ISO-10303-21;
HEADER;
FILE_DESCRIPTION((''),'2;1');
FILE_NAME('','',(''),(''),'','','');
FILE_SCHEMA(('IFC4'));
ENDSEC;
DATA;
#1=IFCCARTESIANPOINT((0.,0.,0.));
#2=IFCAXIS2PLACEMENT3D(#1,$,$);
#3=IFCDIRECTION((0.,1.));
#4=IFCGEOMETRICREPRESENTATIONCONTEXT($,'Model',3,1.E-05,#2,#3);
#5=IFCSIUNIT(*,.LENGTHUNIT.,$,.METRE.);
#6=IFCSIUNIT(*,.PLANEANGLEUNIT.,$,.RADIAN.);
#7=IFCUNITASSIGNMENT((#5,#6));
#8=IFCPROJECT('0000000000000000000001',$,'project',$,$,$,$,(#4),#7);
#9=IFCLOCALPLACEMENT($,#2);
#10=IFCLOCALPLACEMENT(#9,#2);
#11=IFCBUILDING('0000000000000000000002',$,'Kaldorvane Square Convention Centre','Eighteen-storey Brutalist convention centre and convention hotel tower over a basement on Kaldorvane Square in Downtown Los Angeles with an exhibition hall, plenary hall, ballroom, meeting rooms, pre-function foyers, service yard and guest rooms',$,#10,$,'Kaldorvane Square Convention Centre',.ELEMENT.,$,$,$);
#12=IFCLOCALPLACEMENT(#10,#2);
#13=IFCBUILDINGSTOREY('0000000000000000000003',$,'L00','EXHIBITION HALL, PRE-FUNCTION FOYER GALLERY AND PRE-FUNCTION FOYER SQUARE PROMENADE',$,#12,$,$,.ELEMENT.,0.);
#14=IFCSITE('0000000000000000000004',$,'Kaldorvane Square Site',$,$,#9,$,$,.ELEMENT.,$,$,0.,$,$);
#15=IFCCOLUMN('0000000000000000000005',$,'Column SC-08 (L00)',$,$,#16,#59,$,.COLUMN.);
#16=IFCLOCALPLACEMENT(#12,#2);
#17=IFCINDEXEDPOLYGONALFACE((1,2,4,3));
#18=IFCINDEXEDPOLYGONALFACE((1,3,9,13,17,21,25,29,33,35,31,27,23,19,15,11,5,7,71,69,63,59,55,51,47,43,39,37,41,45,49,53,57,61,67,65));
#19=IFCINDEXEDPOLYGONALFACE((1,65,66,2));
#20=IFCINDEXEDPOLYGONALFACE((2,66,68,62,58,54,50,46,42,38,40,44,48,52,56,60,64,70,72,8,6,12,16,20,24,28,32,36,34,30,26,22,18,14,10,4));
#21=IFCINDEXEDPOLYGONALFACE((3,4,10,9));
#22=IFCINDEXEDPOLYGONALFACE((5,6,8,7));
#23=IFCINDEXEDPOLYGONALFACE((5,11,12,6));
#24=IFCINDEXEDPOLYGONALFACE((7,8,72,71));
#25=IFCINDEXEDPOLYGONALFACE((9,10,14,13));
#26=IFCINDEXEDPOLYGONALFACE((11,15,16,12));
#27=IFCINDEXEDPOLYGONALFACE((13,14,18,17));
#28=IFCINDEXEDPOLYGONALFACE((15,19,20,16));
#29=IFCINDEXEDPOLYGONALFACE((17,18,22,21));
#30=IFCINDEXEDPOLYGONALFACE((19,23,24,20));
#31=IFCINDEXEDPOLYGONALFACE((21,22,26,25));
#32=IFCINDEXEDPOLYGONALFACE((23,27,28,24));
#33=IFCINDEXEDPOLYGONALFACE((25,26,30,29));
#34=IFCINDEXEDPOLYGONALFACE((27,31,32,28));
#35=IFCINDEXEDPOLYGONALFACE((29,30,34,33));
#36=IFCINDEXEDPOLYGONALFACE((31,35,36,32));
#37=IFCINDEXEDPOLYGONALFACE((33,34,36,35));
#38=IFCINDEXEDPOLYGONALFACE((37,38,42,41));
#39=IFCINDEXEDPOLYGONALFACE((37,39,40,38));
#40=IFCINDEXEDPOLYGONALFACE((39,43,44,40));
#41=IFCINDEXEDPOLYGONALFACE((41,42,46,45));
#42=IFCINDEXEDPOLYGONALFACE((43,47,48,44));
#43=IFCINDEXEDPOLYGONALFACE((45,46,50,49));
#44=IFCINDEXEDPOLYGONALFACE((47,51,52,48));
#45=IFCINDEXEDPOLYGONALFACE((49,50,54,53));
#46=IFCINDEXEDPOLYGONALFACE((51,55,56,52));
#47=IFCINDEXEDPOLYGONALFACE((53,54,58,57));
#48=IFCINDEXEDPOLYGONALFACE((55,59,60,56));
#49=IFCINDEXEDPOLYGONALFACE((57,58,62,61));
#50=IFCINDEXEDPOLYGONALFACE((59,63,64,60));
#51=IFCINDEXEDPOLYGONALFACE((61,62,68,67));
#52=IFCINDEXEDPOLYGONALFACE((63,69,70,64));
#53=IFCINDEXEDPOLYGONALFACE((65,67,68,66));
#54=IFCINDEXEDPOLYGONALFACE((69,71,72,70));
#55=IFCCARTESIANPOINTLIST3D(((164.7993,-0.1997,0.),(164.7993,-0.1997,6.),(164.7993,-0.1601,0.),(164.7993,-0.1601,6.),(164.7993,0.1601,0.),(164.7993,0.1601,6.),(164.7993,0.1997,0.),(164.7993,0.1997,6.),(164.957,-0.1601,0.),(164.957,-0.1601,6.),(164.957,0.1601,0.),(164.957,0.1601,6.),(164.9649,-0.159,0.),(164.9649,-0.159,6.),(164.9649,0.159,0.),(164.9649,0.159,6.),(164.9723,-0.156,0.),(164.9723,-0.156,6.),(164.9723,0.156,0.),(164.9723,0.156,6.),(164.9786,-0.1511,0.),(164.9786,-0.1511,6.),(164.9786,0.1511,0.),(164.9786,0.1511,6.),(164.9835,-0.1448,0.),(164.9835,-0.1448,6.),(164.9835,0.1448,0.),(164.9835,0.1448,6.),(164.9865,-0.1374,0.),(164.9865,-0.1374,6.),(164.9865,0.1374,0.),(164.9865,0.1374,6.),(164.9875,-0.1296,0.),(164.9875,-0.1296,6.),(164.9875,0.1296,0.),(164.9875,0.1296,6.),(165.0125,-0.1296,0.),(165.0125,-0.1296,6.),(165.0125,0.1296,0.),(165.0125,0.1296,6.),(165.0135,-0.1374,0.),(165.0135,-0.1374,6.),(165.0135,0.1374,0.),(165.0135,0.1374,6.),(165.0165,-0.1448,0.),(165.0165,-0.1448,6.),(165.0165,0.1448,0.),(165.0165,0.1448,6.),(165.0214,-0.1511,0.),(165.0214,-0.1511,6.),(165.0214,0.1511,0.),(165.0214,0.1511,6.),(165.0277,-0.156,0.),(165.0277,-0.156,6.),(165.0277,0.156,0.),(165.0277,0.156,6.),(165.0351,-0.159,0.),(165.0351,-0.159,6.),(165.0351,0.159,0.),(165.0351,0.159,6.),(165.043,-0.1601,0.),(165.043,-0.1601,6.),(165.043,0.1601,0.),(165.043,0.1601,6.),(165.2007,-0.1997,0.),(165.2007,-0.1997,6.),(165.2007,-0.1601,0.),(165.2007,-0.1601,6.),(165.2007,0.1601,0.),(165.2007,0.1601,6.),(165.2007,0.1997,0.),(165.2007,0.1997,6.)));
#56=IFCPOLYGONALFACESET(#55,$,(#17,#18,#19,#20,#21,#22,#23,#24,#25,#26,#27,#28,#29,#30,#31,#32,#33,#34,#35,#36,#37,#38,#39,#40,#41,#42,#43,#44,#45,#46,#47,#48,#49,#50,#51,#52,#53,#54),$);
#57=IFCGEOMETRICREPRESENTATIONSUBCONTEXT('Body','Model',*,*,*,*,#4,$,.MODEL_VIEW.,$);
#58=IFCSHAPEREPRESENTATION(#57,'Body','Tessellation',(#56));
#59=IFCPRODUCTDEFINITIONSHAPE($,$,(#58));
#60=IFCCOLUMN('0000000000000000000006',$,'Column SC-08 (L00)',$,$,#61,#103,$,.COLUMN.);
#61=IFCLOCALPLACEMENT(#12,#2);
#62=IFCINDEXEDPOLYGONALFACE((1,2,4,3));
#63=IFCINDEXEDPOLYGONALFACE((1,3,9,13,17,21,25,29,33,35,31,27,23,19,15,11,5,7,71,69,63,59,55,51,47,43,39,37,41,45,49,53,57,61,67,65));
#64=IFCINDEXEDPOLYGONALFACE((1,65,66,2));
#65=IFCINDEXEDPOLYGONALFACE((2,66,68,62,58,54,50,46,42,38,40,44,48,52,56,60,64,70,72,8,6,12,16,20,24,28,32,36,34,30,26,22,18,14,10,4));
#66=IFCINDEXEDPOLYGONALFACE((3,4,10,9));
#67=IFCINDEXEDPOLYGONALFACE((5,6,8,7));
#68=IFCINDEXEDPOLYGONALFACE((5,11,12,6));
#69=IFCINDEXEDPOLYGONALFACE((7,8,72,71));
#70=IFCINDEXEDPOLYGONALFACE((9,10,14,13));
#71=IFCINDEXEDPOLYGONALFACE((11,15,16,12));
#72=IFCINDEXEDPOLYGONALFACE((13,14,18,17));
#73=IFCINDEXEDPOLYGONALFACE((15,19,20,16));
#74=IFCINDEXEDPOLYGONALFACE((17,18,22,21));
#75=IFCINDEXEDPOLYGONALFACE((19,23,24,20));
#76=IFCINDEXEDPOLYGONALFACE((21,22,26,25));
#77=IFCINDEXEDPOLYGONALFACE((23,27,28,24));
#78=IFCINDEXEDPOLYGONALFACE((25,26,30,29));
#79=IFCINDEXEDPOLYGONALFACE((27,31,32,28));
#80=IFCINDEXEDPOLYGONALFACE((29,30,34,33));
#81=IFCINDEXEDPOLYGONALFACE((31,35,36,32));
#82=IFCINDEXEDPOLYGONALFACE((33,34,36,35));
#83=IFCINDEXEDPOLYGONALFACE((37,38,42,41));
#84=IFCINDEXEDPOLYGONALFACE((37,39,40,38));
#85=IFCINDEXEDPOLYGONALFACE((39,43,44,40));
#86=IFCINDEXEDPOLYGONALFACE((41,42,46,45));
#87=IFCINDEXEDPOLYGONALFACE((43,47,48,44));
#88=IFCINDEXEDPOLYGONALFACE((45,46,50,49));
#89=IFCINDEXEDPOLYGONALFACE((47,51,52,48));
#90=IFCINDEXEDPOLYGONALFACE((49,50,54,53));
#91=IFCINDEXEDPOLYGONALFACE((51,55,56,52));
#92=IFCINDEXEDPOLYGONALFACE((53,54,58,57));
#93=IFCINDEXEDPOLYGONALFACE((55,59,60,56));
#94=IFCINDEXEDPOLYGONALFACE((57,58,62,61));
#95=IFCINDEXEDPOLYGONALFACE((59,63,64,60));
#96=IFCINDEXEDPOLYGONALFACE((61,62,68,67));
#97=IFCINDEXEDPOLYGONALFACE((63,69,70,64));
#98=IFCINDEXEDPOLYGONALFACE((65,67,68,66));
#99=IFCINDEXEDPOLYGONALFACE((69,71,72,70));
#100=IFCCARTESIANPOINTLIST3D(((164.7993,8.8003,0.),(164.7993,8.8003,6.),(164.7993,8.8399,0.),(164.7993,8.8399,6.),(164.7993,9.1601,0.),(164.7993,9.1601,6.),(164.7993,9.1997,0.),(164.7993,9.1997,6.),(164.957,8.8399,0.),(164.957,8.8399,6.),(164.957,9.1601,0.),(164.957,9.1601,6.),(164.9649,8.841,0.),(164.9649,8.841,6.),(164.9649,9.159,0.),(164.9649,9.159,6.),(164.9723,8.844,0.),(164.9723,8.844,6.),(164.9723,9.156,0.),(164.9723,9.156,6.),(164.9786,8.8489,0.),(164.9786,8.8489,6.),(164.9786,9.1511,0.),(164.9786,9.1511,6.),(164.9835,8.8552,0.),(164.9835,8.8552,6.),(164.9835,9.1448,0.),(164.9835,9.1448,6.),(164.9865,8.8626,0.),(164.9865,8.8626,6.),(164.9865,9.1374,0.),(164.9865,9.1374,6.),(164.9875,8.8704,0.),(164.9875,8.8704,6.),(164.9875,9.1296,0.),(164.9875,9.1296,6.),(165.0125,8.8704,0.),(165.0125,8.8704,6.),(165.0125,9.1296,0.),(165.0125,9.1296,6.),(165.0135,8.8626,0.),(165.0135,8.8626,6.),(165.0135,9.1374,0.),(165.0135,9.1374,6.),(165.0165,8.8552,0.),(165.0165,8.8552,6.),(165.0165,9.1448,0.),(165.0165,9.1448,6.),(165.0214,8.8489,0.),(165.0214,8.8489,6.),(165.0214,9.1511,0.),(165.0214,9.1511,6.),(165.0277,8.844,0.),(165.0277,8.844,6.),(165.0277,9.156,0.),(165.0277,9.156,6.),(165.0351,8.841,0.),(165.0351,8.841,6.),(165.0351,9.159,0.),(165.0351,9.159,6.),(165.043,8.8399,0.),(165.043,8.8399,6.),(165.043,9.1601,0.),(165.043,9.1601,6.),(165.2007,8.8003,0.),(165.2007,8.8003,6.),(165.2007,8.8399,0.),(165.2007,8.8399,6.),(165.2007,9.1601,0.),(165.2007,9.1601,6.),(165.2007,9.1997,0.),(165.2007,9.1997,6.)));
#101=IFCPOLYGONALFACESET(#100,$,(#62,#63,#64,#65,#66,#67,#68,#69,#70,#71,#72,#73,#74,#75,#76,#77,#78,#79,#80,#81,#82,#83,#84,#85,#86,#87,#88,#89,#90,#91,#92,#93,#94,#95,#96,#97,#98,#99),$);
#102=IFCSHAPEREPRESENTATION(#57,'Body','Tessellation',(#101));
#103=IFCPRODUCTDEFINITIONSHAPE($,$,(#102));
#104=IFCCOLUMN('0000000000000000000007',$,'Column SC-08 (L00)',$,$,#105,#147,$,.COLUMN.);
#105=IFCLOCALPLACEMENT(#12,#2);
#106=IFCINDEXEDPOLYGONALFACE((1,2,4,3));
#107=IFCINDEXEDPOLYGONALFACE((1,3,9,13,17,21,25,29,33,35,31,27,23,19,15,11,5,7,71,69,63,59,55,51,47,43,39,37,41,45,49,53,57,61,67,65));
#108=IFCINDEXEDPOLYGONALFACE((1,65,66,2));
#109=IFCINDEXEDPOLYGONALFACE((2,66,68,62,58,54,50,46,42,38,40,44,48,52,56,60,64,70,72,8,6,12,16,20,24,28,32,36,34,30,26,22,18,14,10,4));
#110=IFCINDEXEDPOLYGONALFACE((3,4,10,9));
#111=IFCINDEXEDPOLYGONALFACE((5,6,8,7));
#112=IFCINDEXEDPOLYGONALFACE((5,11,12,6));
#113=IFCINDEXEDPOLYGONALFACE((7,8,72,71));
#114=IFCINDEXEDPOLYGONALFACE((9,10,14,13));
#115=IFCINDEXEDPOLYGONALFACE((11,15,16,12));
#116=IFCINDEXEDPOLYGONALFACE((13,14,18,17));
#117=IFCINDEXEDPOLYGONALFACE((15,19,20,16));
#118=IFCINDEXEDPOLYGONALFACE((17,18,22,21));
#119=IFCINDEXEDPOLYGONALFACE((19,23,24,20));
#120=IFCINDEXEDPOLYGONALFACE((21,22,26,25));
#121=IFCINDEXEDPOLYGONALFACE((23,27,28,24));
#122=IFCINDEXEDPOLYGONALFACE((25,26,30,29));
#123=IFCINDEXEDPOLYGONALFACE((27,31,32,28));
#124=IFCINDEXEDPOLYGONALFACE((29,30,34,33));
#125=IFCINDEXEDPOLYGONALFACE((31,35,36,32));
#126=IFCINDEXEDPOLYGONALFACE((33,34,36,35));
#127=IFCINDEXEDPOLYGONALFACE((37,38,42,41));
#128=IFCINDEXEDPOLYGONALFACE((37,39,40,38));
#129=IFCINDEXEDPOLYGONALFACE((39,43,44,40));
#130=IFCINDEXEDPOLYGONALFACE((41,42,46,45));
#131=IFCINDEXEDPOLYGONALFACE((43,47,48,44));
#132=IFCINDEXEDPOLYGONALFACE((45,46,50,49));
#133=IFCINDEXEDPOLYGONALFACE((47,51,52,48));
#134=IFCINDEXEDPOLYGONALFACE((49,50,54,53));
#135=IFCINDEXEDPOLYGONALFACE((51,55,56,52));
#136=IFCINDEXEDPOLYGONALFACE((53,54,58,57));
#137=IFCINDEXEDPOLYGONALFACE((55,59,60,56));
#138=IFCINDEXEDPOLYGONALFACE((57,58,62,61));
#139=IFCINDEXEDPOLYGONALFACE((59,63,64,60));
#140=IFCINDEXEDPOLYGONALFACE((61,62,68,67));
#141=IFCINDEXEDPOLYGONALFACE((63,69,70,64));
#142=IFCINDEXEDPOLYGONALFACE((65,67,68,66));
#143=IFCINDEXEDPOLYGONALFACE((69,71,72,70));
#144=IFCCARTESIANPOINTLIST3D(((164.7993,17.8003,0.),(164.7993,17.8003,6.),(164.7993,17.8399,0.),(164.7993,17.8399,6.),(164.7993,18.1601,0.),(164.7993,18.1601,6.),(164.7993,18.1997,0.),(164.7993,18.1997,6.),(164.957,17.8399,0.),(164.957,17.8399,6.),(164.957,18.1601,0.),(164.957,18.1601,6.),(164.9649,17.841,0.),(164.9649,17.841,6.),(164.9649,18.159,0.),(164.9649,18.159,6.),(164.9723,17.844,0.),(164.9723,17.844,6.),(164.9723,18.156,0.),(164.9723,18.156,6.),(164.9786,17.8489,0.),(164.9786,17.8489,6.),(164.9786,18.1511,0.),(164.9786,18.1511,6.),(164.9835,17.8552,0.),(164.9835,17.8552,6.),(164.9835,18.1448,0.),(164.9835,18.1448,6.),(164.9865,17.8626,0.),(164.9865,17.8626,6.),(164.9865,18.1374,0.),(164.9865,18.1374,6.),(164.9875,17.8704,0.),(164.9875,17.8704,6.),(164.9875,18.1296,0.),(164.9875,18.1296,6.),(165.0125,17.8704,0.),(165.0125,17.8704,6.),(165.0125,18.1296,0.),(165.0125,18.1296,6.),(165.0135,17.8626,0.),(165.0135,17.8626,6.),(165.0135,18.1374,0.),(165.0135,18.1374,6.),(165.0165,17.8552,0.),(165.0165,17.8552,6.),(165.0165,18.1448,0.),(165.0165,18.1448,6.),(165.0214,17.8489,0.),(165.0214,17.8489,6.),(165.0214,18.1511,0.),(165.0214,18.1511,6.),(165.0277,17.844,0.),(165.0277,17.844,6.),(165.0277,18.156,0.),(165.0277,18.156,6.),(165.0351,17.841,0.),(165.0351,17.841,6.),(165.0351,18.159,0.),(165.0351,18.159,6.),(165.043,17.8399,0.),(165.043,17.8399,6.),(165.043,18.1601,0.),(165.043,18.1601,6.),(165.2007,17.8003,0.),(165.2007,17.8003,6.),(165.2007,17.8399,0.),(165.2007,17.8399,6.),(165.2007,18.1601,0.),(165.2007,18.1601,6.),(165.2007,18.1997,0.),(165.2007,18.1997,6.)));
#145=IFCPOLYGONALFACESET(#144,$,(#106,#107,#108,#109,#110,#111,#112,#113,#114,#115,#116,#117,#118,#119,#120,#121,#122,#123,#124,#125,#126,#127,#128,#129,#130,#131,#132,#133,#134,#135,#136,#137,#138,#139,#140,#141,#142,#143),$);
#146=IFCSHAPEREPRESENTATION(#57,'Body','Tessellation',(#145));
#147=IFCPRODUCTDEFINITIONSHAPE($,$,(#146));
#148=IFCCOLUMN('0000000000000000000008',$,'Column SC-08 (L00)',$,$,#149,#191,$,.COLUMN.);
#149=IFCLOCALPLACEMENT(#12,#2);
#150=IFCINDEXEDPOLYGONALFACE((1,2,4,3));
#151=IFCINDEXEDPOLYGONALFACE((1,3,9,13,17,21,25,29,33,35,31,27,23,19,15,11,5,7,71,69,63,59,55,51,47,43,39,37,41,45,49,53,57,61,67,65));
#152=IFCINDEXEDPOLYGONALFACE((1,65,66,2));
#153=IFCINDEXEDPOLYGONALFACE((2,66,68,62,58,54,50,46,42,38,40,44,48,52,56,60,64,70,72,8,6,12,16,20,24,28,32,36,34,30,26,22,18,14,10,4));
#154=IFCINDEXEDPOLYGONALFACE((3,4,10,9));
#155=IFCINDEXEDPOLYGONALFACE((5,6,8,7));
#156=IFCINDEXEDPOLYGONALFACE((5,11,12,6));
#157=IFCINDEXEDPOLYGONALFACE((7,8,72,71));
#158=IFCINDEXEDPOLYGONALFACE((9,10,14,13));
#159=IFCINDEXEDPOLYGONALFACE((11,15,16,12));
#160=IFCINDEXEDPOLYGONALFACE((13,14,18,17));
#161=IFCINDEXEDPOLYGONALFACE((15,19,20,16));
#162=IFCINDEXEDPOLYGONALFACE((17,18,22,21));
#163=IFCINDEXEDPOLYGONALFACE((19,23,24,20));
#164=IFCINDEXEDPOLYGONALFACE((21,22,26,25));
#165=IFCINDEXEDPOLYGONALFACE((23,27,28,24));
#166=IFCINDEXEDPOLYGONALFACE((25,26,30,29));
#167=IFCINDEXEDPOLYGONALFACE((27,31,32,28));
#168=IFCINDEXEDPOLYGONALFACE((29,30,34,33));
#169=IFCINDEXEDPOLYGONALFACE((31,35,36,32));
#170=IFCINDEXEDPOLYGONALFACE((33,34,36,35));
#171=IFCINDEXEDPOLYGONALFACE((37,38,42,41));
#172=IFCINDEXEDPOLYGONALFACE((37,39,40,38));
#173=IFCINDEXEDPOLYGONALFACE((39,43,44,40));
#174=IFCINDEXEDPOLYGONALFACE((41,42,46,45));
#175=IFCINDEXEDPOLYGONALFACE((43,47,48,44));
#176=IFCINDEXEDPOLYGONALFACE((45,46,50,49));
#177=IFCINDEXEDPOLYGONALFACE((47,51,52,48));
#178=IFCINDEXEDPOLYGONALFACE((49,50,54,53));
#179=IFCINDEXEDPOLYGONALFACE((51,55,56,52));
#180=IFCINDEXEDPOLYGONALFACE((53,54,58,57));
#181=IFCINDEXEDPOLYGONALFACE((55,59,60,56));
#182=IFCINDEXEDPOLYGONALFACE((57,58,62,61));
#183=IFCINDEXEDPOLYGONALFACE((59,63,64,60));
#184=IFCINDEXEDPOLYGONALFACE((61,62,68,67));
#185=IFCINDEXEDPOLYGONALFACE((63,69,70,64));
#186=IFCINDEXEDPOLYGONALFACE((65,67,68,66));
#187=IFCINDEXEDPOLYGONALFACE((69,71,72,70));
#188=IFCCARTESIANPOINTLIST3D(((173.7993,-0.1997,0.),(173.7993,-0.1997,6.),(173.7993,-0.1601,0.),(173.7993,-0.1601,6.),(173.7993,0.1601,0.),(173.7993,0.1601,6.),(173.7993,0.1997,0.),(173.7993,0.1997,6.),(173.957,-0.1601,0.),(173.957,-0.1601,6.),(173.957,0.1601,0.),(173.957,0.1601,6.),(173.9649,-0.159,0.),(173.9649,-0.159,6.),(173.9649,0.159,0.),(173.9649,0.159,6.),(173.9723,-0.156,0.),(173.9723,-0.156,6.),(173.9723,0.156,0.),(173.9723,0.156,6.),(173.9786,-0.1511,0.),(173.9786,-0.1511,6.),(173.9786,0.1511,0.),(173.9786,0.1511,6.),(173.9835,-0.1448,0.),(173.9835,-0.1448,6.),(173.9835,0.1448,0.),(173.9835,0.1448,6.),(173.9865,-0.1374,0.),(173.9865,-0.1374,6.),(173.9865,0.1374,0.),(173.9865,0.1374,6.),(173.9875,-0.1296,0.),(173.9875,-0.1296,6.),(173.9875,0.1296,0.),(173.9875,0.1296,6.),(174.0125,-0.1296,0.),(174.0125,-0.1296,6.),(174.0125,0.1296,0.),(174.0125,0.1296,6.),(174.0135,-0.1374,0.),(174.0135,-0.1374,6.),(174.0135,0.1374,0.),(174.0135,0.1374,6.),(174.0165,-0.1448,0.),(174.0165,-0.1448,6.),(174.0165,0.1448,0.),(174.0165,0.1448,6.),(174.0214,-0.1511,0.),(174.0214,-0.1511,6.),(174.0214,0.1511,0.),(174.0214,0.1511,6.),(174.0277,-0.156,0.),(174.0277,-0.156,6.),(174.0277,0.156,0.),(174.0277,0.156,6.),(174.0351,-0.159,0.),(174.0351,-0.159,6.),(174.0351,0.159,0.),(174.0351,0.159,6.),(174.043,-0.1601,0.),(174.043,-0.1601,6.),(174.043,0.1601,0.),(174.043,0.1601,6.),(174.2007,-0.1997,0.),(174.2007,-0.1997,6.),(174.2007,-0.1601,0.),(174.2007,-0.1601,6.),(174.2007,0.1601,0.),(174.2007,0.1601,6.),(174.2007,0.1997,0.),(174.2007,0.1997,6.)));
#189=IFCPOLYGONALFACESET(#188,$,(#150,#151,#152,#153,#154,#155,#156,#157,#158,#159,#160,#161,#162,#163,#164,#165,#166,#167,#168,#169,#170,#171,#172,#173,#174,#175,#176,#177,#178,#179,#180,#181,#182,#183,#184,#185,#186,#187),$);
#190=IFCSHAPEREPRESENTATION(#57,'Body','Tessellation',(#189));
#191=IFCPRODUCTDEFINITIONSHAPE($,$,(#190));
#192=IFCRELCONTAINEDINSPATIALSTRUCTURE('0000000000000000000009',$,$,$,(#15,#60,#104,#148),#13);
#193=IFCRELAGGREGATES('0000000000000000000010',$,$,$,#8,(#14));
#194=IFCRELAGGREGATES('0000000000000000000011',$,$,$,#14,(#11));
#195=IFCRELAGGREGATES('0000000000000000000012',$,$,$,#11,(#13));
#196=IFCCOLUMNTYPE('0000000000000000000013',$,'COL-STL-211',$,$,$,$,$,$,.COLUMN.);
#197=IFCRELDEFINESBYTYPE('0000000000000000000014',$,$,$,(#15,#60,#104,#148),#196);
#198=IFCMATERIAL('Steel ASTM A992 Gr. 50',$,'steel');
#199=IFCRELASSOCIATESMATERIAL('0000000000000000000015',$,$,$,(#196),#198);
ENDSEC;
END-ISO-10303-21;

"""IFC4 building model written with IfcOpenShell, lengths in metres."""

from ifc_helpers import new_model, si_unit, direction, frame, origin, origin_2d, place, context, subcontext, project, spatial, i_section, extrude, material, material_profile, profile_set, type_object, element, save


model = new_model("IFC4")

# Units and contexts
model_context = context("Model", 3, precision=1e-05, world=origin(), true_north=direction((0.0, 1.0)))
body_context = subcontext(model_context, "Body", "Model", "MODEL_VIEW")
ifc_project = project(units=[si_unit("LENGTHUNIT", "METRE"), si_unit("PLANEANGLEUNIT", "RADIAN")], contexts=[model_context])

# Site, building, storey
site_placement = place(None, origin())
site = spatial("IfcSite", under=ifc_project, at=site_placement, Name="Kaldorvane Square Site", CompositionType="ELEMENT", RefElevation=0.0)
building_placement = place(site_placement, origin())
building = spatial("IfcBuilding", under=site, at=building_placement, Name="Kaldorvane Square Convention Centre", Description="Eighteen-storey Brutalist convention centre and convention hotel tower over a basement on Kaldorvane Square in Downtown Los Angeles with an exhibition hall, plenary hall, ballroom, meeting rooms, pre-function foyers, service yard and guest rooms", LongName="Kaldorvane Square Convention Centre", CompositionType="ELEMENT")
storey_placement = place(building_placement, origin())
storey = spatial("IfcBuildingStorey", under=building, at=storey_placement, Name="L00", Description="EXHIBITION HALL, PRE-FUNCTION FOYER GALLERY AND PRE-FUNCTION FOYER SQUARE PROMENADE", CompositionType="ELEMENT", Elevation=0.0)

# Columns
ifc_material_1 = material(Name="Steel ASTM A992 Gr. 50", Category="steel")
ifc_material_profile_1 = material_profile(ifc_material_1, i_section(OverallWidth=0.4013, OverallDepth=0.3993, WebThickness=0.0249, FlangeThickness=0.0396, FilletRadius=0.0305, at=origin_2d()), Name="W14X211")
ifc_profile_set_1 = profile_set([ifc_material_profile_1], Name="Steel ASTM A992 Gr. 50")
column_type_1 = type_object("IfcColumnType", Name="COL-STL-211", PredefinedType="COLUMN", material=ifc_profile_set_1)
for number, where, z_axis, x_axis, name in (
    (1, (165.0, 0.0, 0.0), (0.0, 0.0, 1.0), (1.0, 0.0, 0.0), "Column SC-08 (L00)"),
    (2, (165.0, 9.0, 0.0), (0.0, 0.0, 1.0), (1.0, 0.0, 0.0), "Column SC-08 (L00)"),
    (3, (165.0, 18.0, 0.0), (0.0, 0.0, 1.0), (1.0, 0.0, 0.0), "Column SC-08 (L00)"),
    (4, (174.0, 0.0, 0.0), (0.0, 0.0, 1.0), (1.0, 0.0, 0.0), "Column SC-08 (L00)"),
):
    element("IfcColumn", number, at=place(storey_placement, frame(where, z_axis=z_axis, x_axis=x_axis)), inside=storey, type_object=column_type_1, Name=name, PredefinedType="COLUMN", context=body_context, shape_type="SweptSolid", body=[
        extrude(i_section(OverallWidth=0.4013, OverallDepth=0.3993, WebThickness=0.0249, FlangeThickness=0.0396, FilletRadius=0.0305, at=origin_2d()), origin(), (0.0, 0.0, 1.0), 6.0),
    ])

save(model, "model.ifc")
